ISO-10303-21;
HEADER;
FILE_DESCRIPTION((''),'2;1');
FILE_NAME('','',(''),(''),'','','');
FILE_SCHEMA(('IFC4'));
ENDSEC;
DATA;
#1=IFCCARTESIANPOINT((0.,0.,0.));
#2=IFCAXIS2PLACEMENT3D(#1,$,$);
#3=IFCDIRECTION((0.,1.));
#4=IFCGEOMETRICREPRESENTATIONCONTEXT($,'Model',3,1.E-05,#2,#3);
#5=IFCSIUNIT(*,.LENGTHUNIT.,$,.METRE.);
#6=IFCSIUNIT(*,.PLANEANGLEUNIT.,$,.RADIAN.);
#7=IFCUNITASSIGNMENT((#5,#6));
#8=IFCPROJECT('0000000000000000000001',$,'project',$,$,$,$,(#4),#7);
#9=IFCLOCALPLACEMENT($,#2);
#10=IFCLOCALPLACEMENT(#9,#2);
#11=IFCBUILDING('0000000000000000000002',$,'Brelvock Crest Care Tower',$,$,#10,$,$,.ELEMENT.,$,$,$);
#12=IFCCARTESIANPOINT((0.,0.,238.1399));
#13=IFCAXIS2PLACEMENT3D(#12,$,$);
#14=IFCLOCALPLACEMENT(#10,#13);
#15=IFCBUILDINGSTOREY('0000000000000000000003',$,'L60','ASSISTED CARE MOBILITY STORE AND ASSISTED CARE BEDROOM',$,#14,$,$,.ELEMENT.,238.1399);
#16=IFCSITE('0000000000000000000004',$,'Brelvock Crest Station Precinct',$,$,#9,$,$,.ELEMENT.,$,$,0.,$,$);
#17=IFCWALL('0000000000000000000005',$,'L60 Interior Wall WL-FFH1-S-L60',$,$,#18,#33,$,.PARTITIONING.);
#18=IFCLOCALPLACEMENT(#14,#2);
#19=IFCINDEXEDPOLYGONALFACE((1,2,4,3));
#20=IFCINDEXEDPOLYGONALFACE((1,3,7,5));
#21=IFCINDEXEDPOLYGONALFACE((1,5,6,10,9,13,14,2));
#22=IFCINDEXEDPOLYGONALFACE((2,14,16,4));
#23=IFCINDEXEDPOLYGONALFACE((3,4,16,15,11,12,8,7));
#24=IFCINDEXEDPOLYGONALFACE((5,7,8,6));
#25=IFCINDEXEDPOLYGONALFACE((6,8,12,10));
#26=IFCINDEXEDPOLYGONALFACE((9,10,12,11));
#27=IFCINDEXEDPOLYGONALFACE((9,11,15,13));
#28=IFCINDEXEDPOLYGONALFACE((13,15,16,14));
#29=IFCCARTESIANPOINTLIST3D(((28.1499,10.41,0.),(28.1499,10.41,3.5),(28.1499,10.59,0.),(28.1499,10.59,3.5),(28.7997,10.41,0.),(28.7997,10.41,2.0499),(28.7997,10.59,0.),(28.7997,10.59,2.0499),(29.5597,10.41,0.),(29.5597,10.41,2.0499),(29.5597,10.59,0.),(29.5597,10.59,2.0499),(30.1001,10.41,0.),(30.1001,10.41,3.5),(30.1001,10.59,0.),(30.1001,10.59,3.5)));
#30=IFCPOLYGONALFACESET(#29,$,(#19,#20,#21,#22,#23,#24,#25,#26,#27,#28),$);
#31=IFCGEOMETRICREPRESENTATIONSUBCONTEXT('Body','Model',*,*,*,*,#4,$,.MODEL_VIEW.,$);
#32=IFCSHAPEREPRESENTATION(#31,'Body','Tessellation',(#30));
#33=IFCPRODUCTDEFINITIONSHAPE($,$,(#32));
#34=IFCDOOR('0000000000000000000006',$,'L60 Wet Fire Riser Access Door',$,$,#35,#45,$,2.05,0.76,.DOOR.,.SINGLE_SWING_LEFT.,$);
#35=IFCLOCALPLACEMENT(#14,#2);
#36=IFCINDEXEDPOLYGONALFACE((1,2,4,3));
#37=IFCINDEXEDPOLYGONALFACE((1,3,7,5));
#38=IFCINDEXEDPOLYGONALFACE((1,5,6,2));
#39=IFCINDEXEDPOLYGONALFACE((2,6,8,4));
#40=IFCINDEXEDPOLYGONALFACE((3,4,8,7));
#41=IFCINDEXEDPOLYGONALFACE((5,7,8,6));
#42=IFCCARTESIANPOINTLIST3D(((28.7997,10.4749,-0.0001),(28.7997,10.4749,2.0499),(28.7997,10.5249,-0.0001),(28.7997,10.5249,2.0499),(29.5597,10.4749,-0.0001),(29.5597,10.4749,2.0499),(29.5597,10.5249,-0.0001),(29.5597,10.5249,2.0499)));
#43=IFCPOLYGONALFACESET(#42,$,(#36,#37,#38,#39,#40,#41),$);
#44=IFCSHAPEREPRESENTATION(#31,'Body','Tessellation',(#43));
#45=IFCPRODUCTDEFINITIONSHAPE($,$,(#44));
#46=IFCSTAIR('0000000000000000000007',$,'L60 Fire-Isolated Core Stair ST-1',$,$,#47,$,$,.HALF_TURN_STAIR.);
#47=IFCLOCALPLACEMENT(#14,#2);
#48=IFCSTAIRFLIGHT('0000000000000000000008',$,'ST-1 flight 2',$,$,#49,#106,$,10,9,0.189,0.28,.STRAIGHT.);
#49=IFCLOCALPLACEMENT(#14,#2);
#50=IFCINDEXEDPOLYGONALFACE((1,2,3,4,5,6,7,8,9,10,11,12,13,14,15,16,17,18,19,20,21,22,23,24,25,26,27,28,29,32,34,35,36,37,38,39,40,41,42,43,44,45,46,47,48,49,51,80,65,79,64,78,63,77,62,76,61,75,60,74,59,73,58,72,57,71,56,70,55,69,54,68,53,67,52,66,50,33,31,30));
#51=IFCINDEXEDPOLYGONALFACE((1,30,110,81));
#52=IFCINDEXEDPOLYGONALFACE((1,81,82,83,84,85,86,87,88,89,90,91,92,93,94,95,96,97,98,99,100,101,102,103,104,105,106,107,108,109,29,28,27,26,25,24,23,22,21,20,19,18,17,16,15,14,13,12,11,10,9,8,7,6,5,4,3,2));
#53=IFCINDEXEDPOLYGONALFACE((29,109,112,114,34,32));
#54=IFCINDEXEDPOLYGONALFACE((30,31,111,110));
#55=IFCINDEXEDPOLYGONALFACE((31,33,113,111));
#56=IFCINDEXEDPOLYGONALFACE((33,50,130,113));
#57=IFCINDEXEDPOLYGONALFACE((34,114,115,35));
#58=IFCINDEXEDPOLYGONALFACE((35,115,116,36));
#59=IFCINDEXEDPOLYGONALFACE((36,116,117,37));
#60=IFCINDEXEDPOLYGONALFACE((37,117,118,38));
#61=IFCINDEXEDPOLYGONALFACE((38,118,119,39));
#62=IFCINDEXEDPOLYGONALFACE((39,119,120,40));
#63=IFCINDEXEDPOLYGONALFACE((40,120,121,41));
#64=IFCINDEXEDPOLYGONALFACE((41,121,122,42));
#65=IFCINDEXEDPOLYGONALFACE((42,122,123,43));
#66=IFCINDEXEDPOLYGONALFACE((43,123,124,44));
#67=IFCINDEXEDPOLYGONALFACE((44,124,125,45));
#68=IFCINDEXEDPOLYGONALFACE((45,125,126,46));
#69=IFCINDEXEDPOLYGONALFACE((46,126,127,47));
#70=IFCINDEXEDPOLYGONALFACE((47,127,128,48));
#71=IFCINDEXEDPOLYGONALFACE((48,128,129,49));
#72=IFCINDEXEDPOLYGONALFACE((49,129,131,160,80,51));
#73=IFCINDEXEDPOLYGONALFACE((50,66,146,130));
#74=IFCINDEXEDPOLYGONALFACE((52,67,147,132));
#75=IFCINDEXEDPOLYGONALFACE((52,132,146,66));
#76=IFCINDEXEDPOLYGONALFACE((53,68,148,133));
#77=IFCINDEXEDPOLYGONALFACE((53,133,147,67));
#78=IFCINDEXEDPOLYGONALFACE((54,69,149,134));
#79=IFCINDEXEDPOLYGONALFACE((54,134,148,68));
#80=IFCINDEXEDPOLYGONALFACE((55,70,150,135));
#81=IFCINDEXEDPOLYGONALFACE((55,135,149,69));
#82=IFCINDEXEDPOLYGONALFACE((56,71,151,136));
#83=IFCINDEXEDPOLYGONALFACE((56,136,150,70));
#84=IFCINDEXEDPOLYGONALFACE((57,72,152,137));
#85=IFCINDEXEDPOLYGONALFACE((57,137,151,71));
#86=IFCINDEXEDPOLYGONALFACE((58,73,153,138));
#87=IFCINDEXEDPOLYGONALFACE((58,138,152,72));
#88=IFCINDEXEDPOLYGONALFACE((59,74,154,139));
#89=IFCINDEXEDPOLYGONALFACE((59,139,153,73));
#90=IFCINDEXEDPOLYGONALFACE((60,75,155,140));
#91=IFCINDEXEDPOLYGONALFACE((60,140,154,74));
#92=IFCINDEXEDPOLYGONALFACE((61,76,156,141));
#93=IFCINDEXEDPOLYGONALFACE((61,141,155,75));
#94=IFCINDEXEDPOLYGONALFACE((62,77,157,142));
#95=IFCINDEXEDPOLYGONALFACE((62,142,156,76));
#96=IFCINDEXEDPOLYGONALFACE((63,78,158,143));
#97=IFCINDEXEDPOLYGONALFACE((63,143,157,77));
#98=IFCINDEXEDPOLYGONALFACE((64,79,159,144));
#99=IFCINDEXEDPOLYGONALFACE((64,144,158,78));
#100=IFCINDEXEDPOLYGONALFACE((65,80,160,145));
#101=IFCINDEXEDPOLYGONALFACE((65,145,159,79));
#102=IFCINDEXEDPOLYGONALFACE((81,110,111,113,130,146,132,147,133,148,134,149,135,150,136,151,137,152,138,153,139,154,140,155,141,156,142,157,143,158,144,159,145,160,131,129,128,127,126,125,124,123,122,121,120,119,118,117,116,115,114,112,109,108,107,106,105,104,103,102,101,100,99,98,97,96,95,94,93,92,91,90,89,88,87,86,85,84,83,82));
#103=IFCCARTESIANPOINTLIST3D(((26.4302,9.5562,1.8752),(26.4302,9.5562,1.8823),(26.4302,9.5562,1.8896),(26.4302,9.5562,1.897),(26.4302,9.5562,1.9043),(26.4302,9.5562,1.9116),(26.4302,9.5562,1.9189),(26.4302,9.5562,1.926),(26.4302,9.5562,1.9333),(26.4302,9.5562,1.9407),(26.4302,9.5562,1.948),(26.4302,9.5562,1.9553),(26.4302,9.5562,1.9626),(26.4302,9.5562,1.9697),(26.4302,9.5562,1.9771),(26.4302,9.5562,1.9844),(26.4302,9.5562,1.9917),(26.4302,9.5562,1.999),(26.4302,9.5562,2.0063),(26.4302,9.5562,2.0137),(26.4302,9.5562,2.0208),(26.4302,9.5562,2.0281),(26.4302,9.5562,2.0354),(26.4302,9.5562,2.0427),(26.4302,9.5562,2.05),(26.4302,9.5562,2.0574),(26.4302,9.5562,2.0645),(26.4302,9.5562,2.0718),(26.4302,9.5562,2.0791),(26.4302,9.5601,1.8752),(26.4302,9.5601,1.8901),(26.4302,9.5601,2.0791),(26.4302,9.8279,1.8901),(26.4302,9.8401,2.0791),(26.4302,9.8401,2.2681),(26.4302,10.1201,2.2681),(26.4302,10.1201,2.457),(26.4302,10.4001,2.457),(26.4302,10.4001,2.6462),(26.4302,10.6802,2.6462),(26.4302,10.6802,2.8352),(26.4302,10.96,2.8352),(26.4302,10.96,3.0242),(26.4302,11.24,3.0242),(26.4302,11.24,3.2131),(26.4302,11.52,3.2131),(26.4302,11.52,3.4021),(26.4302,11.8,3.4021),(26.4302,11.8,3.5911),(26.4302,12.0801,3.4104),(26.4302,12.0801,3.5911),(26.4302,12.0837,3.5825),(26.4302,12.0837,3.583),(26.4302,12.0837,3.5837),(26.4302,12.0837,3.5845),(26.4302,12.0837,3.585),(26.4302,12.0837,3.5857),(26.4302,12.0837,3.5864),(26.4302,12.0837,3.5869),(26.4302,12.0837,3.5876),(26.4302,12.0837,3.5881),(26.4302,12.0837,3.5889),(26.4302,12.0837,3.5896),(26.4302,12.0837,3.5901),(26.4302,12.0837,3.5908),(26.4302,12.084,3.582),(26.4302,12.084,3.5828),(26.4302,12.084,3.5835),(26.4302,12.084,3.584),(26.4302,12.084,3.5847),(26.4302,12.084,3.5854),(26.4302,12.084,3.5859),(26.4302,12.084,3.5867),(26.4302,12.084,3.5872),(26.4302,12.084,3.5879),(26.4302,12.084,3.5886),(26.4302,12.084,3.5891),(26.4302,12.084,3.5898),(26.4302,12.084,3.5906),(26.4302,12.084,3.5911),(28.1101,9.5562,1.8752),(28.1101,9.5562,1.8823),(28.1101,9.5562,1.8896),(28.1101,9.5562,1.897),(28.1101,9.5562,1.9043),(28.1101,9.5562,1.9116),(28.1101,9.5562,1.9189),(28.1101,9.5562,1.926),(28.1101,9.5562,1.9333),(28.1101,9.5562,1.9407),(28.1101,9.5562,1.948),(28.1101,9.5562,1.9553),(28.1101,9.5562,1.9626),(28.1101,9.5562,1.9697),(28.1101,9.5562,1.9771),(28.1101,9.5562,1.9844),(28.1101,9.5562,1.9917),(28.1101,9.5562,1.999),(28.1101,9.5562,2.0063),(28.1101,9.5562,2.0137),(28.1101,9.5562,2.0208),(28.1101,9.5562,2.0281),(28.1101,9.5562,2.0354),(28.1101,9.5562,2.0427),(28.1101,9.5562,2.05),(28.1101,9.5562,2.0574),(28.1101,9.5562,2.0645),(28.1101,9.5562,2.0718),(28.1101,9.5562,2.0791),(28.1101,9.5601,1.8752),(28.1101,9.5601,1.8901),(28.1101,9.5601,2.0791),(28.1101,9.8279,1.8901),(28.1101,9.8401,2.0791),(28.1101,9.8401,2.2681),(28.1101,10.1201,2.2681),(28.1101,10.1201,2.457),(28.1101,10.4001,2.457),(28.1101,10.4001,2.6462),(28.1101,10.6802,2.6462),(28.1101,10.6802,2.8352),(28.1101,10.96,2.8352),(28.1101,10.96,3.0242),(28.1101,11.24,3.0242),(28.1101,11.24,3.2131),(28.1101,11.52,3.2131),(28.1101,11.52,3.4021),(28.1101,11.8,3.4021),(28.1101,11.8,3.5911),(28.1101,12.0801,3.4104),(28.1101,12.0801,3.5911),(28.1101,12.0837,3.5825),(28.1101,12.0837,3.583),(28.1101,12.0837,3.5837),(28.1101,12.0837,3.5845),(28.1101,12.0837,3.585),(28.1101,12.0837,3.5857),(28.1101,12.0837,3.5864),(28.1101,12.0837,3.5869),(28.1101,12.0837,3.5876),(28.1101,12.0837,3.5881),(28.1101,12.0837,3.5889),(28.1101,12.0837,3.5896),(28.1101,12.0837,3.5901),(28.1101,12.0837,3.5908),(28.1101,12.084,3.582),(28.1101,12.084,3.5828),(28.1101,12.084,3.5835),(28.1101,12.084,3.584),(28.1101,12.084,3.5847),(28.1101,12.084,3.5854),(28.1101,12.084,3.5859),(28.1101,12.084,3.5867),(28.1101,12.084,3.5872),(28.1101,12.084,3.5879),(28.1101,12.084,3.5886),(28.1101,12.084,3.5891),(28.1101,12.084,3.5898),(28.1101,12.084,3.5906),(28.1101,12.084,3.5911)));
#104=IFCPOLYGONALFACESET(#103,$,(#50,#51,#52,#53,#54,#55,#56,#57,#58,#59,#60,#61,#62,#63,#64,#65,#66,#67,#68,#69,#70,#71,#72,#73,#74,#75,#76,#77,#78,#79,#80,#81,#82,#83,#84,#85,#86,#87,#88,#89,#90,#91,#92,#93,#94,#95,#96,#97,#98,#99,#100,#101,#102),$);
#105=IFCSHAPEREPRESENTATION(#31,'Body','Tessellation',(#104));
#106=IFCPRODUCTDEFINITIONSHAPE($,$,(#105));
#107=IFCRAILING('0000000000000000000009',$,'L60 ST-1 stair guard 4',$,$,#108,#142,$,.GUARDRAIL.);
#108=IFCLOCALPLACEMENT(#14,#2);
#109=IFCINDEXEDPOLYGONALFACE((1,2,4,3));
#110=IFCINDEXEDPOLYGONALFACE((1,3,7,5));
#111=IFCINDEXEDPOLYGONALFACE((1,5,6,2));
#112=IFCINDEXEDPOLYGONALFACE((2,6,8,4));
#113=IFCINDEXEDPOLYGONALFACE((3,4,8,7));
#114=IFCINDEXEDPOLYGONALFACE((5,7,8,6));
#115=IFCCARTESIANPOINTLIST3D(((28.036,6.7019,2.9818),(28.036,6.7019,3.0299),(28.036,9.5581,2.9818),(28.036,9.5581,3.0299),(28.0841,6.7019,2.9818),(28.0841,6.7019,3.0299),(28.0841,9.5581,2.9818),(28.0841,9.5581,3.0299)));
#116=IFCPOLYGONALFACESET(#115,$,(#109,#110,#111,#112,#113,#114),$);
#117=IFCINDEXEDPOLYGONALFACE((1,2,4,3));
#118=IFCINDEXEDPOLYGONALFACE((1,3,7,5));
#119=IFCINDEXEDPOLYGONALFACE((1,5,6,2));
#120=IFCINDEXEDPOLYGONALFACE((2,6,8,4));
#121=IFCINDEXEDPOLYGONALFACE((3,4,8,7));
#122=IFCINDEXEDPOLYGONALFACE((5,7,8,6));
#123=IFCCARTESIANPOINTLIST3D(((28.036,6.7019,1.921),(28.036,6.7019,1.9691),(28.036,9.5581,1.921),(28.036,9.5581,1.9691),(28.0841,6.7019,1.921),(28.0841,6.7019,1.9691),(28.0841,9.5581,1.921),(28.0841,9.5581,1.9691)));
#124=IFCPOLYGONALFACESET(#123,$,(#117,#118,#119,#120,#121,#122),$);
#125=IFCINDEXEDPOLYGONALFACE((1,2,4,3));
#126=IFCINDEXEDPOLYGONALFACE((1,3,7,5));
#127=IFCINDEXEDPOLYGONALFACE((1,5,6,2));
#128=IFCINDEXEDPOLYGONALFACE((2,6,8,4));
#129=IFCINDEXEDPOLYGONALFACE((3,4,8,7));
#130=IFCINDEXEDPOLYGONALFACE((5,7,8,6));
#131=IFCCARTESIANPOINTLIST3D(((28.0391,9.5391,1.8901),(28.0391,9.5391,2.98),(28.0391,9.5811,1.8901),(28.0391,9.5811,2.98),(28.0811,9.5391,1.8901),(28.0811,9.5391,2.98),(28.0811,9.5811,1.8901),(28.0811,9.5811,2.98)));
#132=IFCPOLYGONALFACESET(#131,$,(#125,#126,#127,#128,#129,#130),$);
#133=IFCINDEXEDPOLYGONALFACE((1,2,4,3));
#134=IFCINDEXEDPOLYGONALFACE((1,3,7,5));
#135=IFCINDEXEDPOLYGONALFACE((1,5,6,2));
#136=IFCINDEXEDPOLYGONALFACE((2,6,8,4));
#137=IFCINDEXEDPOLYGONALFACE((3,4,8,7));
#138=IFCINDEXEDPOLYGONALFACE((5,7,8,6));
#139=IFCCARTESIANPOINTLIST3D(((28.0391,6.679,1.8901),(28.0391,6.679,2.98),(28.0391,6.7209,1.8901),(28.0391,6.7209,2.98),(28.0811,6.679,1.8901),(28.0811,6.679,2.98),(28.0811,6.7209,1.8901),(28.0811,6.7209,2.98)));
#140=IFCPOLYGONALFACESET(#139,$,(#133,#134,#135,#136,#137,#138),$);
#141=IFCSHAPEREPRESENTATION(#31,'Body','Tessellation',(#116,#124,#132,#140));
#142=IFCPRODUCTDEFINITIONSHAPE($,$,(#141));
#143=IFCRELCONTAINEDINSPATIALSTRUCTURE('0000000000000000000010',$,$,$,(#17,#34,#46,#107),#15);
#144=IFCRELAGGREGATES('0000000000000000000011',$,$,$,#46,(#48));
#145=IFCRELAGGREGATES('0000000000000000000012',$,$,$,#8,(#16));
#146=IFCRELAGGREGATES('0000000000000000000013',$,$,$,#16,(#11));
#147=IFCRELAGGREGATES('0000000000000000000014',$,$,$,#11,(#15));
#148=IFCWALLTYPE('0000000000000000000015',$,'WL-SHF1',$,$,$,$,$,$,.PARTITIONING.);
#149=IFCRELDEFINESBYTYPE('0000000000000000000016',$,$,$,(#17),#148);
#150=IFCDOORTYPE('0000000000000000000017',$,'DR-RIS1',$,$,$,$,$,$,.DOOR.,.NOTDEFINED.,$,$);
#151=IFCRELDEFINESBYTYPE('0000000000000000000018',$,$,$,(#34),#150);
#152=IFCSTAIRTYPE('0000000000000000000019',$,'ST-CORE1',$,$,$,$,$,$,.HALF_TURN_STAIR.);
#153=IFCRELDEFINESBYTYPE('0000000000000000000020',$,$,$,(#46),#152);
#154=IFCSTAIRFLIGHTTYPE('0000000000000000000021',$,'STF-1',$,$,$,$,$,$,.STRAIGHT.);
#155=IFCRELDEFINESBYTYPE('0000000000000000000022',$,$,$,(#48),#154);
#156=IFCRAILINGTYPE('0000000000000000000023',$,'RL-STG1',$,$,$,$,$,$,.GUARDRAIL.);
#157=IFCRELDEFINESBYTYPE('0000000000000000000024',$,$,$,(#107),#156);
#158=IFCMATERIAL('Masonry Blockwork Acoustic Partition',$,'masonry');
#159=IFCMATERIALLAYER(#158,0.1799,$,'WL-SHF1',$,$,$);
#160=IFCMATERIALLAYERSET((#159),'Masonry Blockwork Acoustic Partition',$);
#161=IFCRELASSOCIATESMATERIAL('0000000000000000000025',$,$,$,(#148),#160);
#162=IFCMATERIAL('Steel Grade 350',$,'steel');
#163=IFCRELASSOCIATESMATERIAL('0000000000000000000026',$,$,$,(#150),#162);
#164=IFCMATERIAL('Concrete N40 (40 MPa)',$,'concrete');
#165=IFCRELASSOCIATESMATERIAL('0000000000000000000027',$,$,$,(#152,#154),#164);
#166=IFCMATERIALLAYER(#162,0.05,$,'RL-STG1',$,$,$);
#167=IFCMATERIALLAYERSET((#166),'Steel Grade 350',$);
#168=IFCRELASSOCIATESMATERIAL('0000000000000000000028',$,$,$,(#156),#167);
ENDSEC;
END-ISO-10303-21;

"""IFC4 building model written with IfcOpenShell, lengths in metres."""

from ifc_helpers import new_model, si_unit, direction, frame, frame_2d, origin, origin_2d, place, context, subcontext, project, spatial, polyline, rectangle, outline, extrude, source, transform, mapped, material, layer, layer_set, type_object, element, fill, aggregate, save


model = new_model("IFC4")

# Units and contexts
model_context = context("Model", 3, precision=1e-05, world=origin(), true_north=direction((0.0, 1.0)))
body_context = subcontext(model_context, "Body", "Model", "MODEL_VIEW")
ifc_project = project(units=[si_unit("LENGTHUNIT", "METRE"), si_unit("PLANEANGLEUNIT", "RADIAN")], contexts=[model_context])

# Site, building, storey
site_placement = place(None, origin())
site = spatial("IfcSite", under=ifc_project, at=site_placement, Name="Brelvock Crest Station Precinct", CompositionType="ELEMENT", RefElevation=0.0)
building_placement = place(site_placement, origin())
building = spatial("IfcBuilding", under=site, at=building_placement, Name="Brelvock Crest Care Tower", CompositionType="ELEMENT")
storey_placement = place(building_placement, frame((0.0, 0.0, 238.1399)))
storey = spatial("IfcBuildingStorey", under=building, at=storey_placement, Name="L60", Description="ASSISTED CARE MOBILITY STORE AND ASSISTED CARE BEDROOM", CompositionType="ELEMENT", Elevation=238.1399)

# Shared definitions
ifc_material_1 = material(Name="Steel Grade 350", Category="steel")

# Shared definitions
ifc_material_2 = material(Name="Masonry Blockwork Acoustic Partition", Category="masonry")

# Wall, opening, door
ifc_layer_1 = layer(ifc_material_2, 0.1799, Name="WL-SHF1")
ifc_layer_set_1 = layer_set([ifc_layer_1], Name="Masonry Blockwork Acoustic Partition")
wall_type_1 = type_object("IfcWallType", Name="WL-SHF1", PredefinedType="PARTITIONING", material=ifc_layer_set_1)
wall_1_placement = place(storey_placement, frame((28.1499, 10.5, 0.0), z_axis=(0.0, 0.0, 1.0), x_axis=(1.0, 0.0, 0.0)))
wall_1 = element("IfcWall", 1, at=wall_1_placement, inside=storey, type_object=wall_type_1, Name="L60 Interior Wall WL-FFH1-S-L60", PredefinedType="PARTITIONING", context=body_context, shape_type="SweptSolid", body=[
    extrude(rectangle(XDim=1.9502, YDim=0.1799, at=frame_2d((0.9751, 0.0))), origin(), (0.0, 0.0, 1.0), 3.5),
])
opening_1_placement = place(wall_1_placement, frame((0.6499, 0.0, 0.0)))
opening_1 = element("IfcOpeningElement", 2, at=opening_1_placement, cuts=wall_1, PredefinedType="OPENING", context=body_context, shape_type="SweptSolid", body=[
    extrude(rectangle(XDim=0.76, YDim=2.05, at=origin_2d()), frame((0.3799, 0.1001, 1.0249), z_axis=(0.0, -1.0, 0.0), x_axis=(1.0, 0.0, 0.0)), (0.0, 0.0, 1.0), 0.2),
])
door_type_1 = type_object("IfcDoorType", Name="DR-RIS1", OperationType="NOTDEFINED", PredefinedType="DOOR", material=ifc_material_1)
shared_shape_1 = source(origin(), body_context, "Body", "SweptSolid", [
    extrude(rectangle(XDim=0.76, YDim=2.05, at=origin_2d()), frame((0.3799, 0.0249, 1.0249), z_axis=(0.0, -1.0, 0.0), x_axis=(1.0, 0.0, 0.0)), (0.0, 0.0, 1.0), 0.05),
])
door_1_placement = place(opening_1_placement, origin())
door_1 = element("IfcDoor", 3, at=door_1_placement, inside=storey, type_object=door_type_1, Name="L60 Wet Fire Riser Access Door", OperationType="SINGLE_SWING_LEFT", OverallHeight=2.05, OverallWidth=0.76, PredefinedType="DOOR", context=body_context, shape_type="MappedRepresentation", body=[
    mapped(shared_shape_1, transform((0.0, 0.0, 0.0), x_axis=(1.0, 0.0, 0.0), y_axis=(0.0, 1.0, 0.0), z_axis=(0.0, 0.0, 1.0), scale=1.0)),
])
fill(opening_1, door_1)

# Stair, stair flight
ifc_material_3 = material(Name="Concrete N40 (40 MPa)", Category="concrete")
stair_type = type_object("IfcStairType", Name="ST-CORE1", PredefinedType="HALF_TURN_STAIR", material=ifc_material_3)
stair_placement = place(storey_placement, origin())
stair = element("IfcStair", 4, at=stair_placement, inside=storey, type_object=stair_type, Name="L60 Fire-Isolated Core Stair ST-1", PredefinedType="HALF_TURN_STAIR")
stair_flight_type = type_object("IfcStairFlightType", Name="STF-1", PredefinedType="STRAIGHT", material=ifc_material_3)
stair_flight_placement = place(storey_placement, frame((27.27, 9.5601, 1.8901), z_axis=(0.0, 0.0, 1.0), x_axis=(0.0, 1.0, 0.0)))
stair_flight = element("IfcStairFlight", 5, at=stair_flight_placement, type_object=stair_flight_type, Name="ST-1 flight 2", NumberOfRisers=10, NumberOfTreads=9, PredefinedType="STRAIGHT", RiserHeight=0.189, TreadLength=0.28, context=body_context, shape_type="SweptSolid", body=[
    extrude(outline(polyline([(-0.0039, -0.0149), (-0.0039, -0.0078), (-0.0039, -0.0005), (-0.0039, 0.0068), (-0.0039, 0.0142), (-0.0039, 0.0215), (-0.0039, 0.0288), (-0.0039, 0.0359), (-0.0039, 0.0432), (-0.0039, 0.0505), (-0.0039, 0.0579), (-0.0039, 0.0652), (-0.0039, 0.0725), (-0.0039, 0.0796), (-0.0039, 0.0869), (-0.0039, 0.0942), (-0.0039, 0.1016), (-0.0039, 0.1089), (-0.0039, 0.1162), (-0.0039, 0.1235), (-0.0039, 0.1306), (-0.0039, 0.1379), (-0.0039, 0.1453), (-0.0039, 0.1526), (-0.0039, 0.1599), (-0.0039, 0.1672), (-0.0039, 0.1743), (-0.0039, 0.1816), (-0.0039, 0.189), (0.0, 0.189), (0.28, 0.189), (0.28, 0.3779), (0.5601, 0.3779), (0.5601, 0.5669), (0.8401, 0.5669), (0.8401, 0.7561), (1.1201, 0.7561), (1.1201, 0.9451), (1.3999, 0.9451), (1.3999, 1.134), (1.6799, 1.134), (1.6799, 1.323), (1.96, 1.323), (1.96, 1.512), (2.24, 1.512), (2.24, 1.7009), (2.52, 1.7009), (2.5239, 1.7009), (2.5237, 1.7007), (2.5239, 1.7004), (2.5237, 1.7), (2.5239, 1.6997), (2.5237, 1.6995), (2.5239, 1.699), (2.5237, 1.6987), (2.5239, 1.6985), (2.5237, 1.698), (2.5239, 1.6978), (2.5237, 1.6975), (2.5239, 1.697), (2.5237, 1.6968), (2.5239, 1.6965), (2.5237, 1.6963), (2.5239, 1.6958), (2.5237, 1.6956), (2.5239, 1.6953), (2.5237, 1.6948), (2.5239, 1.6946), (2.5237, 1.6943), (2.5239, 1.6938), (2.5237, 1.6936), (2.5239, 1.6934), (2.5237, 1.6929), (2.5239, 1.6926), (2.5237, 1.6924), (2.5239, 1.6919), (2.52, 1.5203), (0.2678, 0.0), (0.0, 0.0), (0.0, -0.0149), (-0.0039, -0.0149)])), frame((0.0, 0.8398, 0.0), z_axis=(0.0, -1.0, 0.0), x_axis=(1.0, 0.0, 0.0)), (0.0, 0.0, 1.0), 1.6799),
])
aggregate(stair, [stair_flight])

# Railing
ifc_layer_2 = layer(ifc_material_1, 0.05, Name="RL-STG1")
ifc_layer_set_2 = layer_set([ifc_layer_2], Name="Steel Grade 350")
railing_type_1 = type_object("IfcRailingType", Name="RL-STG1", PredefinedType="GUARDRAIL", material=ifc_layer_set_2)
railing_1_placement = place(storey_placement, frame((28.0601, 9.5601, 1.8901)))
element("IfcRailing", 6, at=railing_1_placement, inside=storey, type_object=railing_type_1, Name="L60 ST-1 stair guard 4", PredefinedType="GUARDRAIL", context=body_context, shape_type="SweptSolid", body=[
    extrude(rectangle(XDim=0.0481, YDim=0.0481, at=origin_2d()), frame((0.0, -0.002, 1.1157), z_axis=(0.0, -1.0, 0.0), x_axis=(1.0, 0.0, 0.0)), (0.0, 0.0, 1.0), 2.8562),
    extrude(rectangle(XDim=0.0481, YDim=0.0481, at=origin_2d()), frame((0.0, -0.002, 0.0549), z_axis=(0.0, -1.0, 0.0), x_axis=(1.0, 0.0, 0.0)), (0.0, 0.0, 1.0), 2.8562),
    extrude(rectangle(XDim=0.042, YDim=0.042, at=origin_2d()), origin(), (0.0, 0.0, 1.0), 1.0898),
    extrude(rectangle(XDim=0.042, YDim=0.042, at=origin_2d()), frame((0.0, -2.8601, 0.0)), (0.0, 0.0, 1.0), 1.0898),
])

save(model, "model.ifc")
